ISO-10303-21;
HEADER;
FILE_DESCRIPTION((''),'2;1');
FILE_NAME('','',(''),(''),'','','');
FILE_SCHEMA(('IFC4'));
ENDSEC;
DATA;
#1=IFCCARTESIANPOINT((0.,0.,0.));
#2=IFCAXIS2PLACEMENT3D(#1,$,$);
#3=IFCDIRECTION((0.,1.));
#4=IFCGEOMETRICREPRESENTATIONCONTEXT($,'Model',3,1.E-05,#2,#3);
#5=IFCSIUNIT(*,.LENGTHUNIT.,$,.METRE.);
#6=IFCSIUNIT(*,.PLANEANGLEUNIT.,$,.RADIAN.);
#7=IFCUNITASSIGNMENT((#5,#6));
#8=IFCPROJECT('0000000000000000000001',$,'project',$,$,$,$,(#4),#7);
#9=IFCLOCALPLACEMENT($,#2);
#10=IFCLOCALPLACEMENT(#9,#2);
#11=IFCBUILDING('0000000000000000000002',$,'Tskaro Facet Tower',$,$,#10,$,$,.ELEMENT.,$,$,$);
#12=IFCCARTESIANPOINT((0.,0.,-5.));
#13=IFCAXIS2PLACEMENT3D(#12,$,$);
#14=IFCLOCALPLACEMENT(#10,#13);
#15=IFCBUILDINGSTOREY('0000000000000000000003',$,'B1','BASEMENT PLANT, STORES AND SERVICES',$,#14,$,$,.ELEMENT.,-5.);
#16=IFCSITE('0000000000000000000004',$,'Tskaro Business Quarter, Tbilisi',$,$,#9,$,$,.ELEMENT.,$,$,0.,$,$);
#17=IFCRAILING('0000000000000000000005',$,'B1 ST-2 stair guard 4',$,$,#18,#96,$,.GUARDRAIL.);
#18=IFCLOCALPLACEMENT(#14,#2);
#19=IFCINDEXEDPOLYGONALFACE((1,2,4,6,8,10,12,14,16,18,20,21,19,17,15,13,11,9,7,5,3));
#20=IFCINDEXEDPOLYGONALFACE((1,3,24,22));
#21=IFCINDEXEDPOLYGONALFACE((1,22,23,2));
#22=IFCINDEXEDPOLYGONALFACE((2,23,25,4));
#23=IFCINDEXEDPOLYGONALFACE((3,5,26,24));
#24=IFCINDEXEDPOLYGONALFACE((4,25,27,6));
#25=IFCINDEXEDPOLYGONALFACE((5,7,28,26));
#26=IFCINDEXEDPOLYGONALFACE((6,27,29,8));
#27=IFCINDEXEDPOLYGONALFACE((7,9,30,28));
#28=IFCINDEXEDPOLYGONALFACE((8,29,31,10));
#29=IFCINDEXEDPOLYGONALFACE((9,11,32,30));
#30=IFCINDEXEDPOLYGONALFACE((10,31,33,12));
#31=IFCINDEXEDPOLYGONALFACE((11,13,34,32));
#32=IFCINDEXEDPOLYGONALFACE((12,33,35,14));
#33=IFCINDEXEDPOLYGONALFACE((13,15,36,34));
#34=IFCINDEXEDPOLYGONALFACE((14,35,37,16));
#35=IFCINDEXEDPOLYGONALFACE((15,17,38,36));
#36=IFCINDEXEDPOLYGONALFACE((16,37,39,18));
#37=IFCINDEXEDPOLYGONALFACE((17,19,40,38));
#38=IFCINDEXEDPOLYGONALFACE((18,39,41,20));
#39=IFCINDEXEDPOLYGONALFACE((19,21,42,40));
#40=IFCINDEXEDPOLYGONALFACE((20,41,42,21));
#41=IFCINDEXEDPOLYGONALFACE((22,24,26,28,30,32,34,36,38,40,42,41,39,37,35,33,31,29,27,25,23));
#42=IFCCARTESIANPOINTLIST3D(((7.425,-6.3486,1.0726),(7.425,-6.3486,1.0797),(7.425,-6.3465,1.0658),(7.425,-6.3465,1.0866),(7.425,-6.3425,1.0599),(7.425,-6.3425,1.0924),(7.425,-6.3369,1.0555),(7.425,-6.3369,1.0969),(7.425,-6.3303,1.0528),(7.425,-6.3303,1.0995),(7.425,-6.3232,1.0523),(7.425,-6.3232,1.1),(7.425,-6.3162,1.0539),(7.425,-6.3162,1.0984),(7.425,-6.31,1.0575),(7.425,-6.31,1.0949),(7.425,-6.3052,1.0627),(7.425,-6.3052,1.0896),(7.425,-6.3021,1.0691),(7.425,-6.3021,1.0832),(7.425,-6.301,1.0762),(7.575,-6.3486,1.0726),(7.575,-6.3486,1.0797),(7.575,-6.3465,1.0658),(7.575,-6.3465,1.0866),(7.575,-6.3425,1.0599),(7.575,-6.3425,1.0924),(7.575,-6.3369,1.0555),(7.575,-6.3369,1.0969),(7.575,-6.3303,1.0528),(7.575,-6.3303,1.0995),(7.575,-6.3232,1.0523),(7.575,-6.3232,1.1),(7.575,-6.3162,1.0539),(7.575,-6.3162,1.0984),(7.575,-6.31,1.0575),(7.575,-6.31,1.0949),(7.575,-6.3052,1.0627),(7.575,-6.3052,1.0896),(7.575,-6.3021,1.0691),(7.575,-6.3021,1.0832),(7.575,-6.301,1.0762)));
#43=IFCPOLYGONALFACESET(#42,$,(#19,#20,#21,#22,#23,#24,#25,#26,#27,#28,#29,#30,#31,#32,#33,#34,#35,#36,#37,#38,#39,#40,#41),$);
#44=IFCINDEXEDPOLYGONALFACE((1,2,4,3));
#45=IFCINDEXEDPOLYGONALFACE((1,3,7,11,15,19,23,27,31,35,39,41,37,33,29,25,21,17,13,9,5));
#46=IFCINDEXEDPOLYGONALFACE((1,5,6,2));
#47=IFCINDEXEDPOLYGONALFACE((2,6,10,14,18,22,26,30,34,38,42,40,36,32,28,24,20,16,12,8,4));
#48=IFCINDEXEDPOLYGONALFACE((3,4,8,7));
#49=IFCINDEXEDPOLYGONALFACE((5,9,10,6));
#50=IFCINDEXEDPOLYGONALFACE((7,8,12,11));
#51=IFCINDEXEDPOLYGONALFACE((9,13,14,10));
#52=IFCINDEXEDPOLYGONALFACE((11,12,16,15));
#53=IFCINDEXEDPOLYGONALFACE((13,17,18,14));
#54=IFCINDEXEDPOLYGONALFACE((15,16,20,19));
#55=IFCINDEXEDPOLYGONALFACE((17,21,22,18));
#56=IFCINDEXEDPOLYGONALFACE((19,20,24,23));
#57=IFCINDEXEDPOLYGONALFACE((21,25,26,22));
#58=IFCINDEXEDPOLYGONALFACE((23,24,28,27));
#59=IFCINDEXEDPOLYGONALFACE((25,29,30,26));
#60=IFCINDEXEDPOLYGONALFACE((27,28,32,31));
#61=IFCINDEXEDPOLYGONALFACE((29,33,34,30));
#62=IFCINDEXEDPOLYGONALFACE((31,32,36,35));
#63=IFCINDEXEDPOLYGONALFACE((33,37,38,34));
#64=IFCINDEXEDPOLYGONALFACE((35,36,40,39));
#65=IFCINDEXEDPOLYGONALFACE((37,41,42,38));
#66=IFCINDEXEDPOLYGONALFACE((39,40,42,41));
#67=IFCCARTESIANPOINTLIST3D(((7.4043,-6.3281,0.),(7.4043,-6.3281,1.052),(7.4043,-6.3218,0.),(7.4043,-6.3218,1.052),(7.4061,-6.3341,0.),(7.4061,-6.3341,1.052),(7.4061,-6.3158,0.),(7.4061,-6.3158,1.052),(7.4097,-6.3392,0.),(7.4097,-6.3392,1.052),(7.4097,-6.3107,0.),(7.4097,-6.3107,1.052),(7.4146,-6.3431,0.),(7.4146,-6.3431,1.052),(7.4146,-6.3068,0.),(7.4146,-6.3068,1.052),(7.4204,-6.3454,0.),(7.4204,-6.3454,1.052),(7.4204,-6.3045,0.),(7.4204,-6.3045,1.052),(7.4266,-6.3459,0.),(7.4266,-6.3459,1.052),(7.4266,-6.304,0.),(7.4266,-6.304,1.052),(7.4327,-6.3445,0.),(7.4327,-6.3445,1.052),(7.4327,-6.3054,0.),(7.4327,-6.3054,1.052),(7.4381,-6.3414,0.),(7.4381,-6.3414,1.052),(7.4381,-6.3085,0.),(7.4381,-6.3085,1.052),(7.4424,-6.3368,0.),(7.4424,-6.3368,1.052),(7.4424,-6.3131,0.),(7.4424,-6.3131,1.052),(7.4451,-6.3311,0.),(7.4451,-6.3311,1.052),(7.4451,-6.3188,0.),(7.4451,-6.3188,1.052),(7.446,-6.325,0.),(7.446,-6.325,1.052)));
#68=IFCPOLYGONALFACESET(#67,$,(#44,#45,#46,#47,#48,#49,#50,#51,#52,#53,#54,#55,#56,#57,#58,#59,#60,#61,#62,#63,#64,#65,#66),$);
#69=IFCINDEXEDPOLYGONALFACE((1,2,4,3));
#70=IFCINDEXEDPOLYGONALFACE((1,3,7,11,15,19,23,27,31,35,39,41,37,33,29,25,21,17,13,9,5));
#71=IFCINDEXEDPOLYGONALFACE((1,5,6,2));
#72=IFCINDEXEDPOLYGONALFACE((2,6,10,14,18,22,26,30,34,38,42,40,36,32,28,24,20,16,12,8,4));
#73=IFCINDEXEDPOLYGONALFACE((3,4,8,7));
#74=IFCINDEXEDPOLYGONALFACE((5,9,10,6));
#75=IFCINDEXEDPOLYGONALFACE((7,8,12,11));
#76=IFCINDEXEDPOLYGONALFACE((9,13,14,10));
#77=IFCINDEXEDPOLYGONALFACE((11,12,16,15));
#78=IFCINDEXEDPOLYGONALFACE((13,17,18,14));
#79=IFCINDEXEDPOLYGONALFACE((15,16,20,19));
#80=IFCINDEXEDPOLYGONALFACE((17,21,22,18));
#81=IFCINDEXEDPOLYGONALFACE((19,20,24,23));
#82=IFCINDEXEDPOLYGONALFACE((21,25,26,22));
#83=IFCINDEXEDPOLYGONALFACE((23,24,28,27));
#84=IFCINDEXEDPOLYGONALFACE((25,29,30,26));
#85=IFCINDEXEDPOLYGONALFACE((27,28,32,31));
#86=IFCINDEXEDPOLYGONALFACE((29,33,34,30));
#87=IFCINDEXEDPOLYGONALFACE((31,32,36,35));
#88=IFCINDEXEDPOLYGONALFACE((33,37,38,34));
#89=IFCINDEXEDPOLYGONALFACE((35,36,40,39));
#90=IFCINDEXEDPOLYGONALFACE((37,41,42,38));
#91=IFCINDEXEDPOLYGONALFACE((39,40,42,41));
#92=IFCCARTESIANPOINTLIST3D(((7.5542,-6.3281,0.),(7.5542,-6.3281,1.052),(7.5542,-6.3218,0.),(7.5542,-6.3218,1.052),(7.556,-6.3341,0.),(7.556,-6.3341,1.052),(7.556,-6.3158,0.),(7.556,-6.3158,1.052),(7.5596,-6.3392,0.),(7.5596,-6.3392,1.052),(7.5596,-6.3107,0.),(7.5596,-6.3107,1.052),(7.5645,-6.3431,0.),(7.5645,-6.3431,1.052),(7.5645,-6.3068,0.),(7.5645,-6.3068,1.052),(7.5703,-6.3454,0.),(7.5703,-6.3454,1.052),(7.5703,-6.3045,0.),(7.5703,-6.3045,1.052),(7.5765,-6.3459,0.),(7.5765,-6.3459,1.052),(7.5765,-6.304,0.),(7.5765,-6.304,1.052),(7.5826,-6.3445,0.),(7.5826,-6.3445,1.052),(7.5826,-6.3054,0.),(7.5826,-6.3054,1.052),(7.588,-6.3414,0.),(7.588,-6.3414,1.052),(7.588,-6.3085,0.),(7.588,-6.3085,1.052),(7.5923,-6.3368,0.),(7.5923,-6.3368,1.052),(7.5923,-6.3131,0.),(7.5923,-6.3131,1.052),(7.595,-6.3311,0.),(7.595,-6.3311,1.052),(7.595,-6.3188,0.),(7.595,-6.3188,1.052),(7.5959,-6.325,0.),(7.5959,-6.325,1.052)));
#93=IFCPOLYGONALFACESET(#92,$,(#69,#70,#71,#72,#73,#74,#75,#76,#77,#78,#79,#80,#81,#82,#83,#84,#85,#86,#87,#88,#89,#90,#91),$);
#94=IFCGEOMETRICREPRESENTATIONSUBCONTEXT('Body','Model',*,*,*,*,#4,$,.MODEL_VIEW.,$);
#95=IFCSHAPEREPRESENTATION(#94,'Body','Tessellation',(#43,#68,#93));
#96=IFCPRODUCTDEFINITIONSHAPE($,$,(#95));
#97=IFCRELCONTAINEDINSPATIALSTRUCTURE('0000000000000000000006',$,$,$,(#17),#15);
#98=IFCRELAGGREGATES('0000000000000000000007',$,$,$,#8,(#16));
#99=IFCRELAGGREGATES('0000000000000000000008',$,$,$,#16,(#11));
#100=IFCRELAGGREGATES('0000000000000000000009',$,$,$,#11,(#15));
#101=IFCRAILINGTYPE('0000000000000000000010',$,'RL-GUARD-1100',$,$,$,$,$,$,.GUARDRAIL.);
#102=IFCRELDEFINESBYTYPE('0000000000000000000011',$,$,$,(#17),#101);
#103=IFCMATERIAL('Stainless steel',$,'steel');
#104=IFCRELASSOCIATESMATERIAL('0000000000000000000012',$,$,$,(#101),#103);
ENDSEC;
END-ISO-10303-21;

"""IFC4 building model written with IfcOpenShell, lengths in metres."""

from ifc_helpers import new_model, si_unit, direction, frame, origin, origin_2d, place, context, subcontext, project, spatial, circle, extrude, material, type_object, element, save


model = new_model("IFC4")

# Units and contexts
model_context = context("Model", 3, precision=1e-05, world=origin(), true_north=direction((0.0, 1.0)))
body_context = subcontext(model_context, "Body", "Model", "MODEL_VIEW")
ifc_project = project(units=[si_unit("LENGTHUNIT", "METRE"), si_unit("PLANEANGLEUNIT", "RADIAN")], contexts=[model_context])

# Site, building, storey
site_placement = place(None, origin())
site = spatial("IfcSite", under=ifc_project, at=site_placement, Name="Tskaro Business Quarter, Tbilisi", CompositionType="ELEMENT", RefElevation=0.0)
building_placement = place(site_placement, origin())
building = spatial("IfcBuilding", under=site, at=building_placement, Name="Tskaro Facet Tower", CompositionType="ELEMENT")
storey_placement = place(building_placement, frame((0.0, 0.0, -5.0)))
storey = spatial("IfcBuildingStorey", under=building, at=storey_placement, Name="B1", Description="BASEMENT PLANT, STORES AND SERVICES", CompositionType="ELEMENT", Elevation=-5.0)

# Railing
ifc_material_1 = material(Name="Stainless steel", Category="steel")
railing_type_1 = type_object("IfcRailingType", Name="RL-GUARD-1100", PredefinedType="GUARDRAIL", material=ifc_material_1)
railing_1_placement = place(storey_placement, frame((7.425, -6.325, 0.0)))
element("IfcRailing", 1, at=railing_1_placement, inside=storey, type_object=railing_type_1, Name="B1 ST-2 stair guard 4", PredefinedType="GUARDRAIL", context=body_context, shape_type="SweptSolid", body=[
    extrude(circle(Radius=0.0239, at=origin_2d()), frame((0.0, 0.0, 1.0762), z_axis=(1.0, 0.0, 0.0), x_axis=(0.0, 1.0, 0.0)), (0.0, 0.0, 1.0), 0.1499),
    extrude(circle(Radius=0.021, at=origin_2d()), origin(), (0.0, 0.0, 1.0), 1.052),
    extrude(circle(Radius=0.021, at=origin_2d()), frame((0.1499, 0.0, 0.0)), (0.0, 0.0, 1.0), 1.052),
])

save(model, "model.ifc")
